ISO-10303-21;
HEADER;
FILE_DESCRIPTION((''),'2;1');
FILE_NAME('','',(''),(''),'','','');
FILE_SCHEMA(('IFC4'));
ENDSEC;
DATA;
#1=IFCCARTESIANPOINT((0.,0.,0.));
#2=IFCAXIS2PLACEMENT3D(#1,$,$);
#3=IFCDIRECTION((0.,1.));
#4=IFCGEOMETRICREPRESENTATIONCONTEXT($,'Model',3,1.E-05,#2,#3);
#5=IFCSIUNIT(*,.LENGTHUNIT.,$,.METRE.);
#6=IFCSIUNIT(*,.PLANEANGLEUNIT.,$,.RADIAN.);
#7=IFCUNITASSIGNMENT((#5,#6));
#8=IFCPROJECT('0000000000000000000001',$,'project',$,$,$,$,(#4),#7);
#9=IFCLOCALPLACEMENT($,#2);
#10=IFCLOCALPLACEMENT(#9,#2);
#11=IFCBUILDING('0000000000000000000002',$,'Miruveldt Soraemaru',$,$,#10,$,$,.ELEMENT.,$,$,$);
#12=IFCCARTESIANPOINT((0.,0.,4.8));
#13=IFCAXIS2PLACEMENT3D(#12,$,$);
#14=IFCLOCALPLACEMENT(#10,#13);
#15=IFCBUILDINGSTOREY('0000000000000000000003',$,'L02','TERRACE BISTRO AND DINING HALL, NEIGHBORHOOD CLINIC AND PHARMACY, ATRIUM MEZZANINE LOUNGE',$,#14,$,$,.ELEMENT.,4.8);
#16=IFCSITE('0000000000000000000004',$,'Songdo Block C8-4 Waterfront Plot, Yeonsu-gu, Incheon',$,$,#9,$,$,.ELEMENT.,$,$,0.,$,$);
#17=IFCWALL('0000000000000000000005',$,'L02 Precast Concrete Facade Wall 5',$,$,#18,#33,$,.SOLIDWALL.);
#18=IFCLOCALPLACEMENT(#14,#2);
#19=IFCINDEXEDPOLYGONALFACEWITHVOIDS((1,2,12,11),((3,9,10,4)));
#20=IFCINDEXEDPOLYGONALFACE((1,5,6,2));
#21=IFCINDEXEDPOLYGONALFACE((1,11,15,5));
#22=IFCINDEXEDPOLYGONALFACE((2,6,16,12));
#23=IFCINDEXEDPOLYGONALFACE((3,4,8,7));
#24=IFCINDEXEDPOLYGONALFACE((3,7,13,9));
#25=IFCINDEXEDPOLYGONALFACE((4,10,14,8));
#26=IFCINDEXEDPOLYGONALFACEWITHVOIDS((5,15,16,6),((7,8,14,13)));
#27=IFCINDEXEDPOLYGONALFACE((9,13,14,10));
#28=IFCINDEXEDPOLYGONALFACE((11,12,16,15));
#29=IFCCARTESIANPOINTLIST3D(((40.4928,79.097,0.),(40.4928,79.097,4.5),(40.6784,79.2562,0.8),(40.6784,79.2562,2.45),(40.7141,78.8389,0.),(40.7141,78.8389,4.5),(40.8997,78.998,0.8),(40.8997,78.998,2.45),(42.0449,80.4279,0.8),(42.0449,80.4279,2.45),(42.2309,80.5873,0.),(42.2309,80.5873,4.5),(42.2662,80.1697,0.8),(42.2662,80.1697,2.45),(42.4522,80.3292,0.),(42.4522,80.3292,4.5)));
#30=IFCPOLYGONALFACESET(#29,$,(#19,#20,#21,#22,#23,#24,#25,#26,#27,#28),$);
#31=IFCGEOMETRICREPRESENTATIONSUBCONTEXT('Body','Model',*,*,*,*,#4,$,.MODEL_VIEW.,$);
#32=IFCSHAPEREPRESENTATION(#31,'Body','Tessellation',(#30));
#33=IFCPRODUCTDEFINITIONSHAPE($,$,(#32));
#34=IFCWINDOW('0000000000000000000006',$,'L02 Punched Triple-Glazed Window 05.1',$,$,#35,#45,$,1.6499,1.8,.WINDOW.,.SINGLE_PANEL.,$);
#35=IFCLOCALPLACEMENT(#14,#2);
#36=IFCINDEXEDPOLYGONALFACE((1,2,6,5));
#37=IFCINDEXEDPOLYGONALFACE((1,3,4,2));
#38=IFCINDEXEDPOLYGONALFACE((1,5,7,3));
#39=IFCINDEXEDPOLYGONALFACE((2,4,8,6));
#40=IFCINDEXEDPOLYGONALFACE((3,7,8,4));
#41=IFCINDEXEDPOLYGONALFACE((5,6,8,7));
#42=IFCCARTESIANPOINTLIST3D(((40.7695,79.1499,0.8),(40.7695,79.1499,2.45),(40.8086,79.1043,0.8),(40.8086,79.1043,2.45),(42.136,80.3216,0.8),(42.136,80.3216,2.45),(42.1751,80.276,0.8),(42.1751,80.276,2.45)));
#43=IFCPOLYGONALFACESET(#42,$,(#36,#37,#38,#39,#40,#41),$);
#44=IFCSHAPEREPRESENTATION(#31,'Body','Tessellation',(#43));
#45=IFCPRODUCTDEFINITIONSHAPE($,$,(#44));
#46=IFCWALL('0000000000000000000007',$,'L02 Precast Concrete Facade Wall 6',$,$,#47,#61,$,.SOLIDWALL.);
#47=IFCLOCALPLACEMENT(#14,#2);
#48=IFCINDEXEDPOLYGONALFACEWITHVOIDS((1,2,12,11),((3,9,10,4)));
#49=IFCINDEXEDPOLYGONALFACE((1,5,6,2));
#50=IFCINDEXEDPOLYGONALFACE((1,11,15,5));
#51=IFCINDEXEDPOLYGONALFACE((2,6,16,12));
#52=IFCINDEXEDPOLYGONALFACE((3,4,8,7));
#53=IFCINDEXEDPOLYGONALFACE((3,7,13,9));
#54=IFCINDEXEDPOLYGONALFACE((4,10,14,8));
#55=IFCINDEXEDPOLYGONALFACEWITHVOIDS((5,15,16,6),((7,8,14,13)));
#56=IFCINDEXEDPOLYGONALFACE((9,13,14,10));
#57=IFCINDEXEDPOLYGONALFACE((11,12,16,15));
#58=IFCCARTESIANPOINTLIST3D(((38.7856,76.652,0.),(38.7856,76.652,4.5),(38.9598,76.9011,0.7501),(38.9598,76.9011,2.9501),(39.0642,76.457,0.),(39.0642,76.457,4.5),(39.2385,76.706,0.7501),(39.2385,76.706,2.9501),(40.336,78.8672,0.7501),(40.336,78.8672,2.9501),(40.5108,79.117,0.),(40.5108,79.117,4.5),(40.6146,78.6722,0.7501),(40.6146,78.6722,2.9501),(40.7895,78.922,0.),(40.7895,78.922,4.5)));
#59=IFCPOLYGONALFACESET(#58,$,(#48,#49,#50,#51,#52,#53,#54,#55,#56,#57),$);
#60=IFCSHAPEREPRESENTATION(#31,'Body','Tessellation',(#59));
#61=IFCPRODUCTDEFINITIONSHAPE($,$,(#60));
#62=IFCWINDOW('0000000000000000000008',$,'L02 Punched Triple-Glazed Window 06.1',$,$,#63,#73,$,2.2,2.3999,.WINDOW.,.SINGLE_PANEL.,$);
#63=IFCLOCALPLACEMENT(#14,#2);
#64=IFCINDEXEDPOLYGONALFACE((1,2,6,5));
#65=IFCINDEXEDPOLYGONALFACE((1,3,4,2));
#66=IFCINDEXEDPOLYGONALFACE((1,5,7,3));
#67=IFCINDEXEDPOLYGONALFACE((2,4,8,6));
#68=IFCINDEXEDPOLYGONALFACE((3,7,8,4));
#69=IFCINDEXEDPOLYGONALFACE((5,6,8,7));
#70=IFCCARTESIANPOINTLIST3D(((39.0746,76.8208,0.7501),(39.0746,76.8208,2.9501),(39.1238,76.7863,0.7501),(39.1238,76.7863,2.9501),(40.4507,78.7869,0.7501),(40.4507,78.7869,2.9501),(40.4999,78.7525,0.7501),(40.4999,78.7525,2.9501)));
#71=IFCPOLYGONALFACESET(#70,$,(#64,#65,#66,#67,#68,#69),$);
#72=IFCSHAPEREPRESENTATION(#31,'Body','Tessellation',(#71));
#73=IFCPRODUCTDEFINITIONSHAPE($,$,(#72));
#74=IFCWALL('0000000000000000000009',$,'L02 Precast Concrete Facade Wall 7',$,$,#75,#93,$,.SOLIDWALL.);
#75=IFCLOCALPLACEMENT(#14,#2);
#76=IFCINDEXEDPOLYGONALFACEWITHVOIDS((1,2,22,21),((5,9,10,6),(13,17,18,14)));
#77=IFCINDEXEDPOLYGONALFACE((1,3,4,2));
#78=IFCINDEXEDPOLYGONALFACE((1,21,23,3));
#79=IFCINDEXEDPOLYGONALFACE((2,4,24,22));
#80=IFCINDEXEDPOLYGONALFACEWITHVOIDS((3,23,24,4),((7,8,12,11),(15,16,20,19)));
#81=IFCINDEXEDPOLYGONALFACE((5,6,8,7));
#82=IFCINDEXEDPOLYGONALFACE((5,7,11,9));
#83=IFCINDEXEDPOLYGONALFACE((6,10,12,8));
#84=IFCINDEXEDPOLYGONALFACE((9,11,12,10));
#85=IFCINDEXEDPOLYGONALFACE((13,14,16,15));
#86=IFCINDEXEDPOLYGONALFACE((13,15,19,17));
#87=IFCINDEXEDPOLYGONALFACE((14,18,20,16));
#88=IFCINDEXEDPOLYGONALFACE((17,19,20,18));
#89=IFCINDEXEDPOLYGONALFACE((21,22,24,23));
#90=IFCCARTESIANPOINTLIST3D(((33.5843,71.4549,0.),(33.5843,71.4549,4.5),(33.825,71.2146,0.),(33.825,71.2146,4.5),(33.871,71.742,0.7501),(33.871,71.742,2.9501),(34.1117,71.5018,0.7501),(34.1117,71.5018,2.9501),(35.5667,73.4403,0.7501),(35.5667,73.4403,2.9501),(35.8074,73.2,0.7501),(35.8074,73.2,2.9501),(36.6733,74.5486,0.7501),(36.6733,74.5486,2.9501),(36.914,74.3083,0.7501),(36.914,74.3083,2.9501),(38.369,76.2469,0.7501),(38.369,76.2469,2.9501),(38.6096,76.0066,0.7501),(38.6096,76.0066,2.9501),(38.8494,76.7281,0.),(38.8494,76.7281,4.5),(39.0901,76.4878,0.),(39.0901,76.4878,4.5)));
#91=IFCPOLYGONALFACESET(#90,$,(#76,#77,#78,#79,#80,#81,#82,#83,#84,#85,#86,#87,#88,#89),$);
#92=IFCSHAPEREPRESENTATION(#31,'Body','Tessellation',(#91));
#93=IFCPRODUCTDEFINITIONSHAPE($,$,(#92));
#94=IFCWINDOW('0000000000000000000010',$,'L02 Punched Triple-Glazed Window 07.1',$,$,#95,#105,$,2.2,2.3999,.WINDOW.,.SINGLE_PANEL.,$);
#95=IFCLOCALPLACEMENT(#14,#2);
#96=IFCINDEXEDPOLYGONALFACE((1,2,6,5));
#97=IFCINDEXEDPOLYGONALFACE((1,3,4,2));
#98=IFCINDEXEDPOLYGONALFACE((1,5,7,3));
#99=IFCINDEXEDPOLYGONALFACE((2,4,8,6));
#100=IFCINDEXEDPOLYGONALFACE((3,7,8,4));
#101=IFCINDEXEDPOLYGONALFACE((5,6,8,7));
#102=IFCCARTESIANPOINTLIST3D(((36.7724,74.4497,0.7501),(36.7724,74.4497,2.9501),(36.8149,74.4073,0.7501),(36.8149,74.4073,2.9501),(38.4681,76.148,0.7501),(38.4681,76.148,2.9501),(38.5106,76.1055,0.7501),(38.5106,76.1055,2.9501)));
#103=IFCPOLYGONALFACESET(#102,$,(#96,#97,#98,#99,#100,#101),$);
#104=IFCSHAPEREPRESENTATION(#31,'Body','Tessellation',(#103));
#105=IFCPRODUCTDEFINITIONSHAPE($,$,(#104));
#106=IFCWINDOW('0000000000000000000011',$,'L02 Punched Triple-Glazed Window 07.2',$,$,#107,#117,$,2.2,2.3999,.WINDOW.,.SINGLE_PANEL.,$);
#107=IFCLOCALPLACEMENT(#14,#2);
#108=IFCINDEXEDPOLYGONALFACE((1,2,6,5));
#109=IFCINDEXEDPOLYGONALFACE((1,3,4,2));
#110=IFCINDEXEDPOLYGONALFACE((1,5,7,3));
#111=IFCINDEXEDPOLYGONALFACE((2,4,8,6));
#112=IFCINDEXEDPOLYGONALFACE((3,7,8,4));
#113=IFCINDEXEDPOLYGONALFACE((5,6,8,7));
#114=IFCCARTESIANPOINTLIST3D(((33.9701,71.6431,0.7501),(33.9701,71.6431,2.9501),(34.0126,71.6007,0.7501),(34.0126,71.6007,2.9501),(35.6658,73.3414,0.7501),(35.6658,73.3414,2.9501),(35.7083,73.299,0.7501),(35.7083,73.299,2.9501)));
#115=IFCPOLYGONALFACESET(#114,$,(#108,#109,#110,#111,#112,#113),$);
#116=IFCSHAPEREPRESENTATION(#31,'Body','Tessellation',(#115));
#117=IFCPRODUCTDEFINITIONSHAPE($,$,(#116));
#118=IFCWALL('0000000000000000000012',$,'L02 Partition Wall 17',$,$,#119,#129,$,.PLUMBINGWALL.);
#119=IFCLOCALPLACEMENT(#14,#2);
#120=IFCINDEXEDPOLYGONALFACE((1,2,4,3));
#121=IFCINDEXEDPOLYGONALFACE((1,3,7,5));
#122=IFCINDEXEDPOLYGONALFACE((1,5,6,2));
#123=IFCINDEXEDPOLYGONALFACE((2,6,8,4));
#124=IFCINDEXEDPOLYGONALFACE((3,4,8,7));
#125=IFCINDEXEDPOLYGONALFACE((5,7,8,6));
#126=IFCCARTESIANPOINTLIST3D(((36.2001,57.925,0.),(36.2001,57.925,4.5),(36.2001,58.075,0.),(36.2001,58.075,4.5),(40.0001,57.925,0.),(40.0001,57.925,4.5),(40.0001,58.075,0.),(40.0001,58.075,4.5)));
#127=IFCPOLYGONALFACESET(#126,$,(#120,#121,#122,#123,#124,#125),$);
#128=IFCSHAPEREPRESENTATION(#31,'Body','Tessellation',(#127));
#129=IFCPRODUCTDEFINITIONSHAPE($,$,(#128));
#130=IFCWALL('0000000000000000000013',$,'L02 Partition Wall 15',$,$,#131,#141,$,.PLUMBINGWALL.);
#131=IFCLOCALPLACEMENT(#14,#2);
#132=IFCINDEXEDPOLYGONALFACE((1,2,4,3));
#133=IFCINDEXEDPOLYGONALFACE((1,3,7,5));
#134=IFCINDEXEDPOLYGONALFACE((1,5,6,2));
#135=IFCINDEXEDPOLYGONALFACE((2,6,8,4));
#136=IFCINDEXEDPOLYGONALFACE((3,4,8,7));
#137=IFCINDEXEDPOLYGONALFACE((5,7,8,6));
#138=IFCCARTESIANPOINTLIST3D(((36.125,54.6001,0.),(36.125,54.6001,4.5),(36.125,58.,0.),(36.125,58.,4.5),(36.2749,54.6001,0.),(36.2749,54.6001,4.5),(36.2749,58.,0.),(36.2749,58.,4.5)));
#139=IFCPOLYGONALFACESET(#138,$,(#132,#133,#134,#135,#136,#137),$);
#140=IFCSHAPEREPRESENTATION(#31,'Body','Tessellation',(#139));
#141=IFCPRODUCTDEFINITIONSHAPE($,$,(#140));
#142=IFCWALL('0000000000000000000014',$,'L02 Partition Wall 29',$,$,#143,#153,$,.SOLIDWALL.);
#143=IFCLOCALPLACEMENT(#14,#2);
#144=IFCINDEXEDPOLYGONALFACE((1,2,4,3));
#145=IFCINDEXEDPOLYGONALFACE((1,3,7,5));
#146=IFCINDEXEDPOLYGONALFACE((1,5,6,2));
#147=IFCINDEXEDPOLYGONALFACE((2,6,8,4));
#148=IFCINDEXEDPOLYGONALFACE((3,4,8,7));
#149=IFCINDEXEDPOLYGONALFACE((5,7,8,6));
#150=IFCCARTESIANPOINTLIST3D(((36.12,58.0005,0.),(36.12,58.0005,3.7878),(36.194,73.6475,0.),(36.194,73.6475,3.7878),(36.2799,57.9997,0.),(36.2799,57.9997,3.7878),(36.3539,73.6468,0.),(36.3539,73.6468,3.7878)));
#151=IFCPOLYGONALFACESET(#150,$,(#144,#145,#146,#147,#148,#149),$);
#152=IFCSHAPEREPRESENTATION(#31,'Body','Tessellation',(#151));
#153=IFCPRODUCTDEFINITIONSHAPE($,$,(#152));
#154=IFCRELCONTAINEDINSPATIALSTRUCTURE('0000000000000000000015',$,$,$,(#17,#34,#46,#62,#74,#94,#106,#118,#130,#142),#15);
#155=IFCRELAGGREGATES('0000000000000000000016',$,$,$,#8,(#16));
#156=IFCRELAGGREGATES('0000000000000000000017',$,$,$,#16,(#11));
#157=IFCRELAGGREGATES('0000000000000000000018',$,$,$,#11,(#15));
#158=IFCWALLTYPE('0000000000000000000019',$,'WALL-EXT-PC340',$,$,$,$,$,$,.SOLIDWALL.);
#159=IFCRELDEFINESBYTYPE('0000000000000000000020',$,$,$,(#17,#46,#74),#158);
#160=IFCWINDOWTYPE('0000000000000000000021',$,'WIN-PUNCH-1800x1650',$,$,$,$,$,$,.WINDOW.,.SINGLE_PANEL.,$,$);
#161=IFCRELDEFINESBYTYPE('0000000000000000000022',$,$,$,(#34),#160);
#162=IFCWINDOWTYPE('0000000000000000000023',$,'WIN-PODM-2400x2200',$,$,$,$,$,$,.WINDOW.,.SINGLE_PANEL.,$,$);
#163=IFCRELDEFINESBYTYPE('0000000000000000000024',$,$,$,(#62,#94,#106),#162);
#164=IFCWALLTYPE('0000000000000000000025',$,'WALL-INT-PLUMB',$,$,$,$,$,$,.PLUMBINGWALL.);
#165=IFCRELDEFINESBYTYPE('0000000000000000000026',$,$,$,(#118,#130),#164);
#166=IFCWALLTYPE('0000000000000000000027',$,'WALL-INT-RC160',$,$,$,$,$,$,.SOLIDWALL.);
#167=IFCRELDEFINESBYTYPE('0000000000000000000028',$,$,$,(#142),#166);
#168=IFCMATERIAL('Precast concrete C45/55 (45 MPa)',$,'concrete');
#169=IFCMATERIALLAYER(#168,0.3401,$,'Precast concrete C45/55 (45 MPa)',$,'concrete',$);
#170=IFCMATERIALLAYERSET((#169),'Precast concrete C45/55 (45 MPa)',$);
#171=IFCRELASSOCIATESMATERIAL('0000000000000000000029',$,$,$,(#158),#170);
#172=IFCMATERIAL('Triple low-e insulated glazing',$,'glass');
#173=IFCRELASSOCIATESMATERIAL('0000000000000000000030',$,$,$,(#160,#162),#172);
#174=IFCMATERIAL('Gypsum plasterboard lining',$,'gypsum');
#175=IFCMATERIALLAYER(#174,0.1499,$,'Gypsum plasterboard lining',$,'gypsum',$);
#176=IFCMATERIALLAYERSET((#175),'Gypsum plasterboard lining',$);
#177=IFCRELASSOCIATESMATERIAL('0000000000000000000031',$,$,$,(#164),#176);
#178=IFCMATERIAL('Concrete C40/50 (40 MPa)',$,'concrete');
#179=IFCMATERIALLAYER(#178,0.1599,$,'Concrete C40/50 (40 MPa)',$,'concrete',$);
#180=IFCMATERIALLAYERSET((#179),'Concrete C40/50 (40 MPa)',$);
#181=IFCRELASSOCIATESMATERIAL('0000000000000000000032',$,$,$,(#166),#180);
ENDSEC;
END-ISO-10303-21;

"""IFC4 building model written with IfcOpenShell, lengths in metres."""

from ifc_helpers import new_model, si_unit, direction, frame, frame_2d, origin, place, context, subcontext, project, spatial, rectangle, extrude, material, layer, layer_set, type_object, element, fill, save


model = new_model("IFC4")

# Units and contexts
model_context = context("Model", 3, precision=1e-05, world=origin(), true_north=direction((0.0, 1.0)))
body_context = subcontext(model_context, "Body", "Model", "MODEL_VIEW")
ifc_project = project(units=[si_unit("LENGTHUNIT", "METRE"), si_unit("PLANEANGLEUNIT", "RADIAN")], contexts=[model_context])

# Site, building, storey
site_placement = place(None, origin())
site = spatial("IfcSite", under=ifc_project, at=site_placement, Name="Songdo Block C8-4 Waterfront Plot, Yeonsu-gu, Incheon", CompositionType="ELEMENT", RefElevation=0.0)
building_placement = place(site_placement, origin())
building = spatial("IfcBuilding", under=site, at=building_placement, Name="Miruveldt Soraemaru", CompositionType="ELEMENT")
storey_placement = place(building_placement, frame((0.0, 0.0, 4.8)))
storey = spatial("IfcBuildingStorey", under=building, at=storey_placement, Name="L02", Description="TERRACE BISTRO AND DINING HALL, NEIGHBORHOOD CLINIC AND PHARMACY, ATRIUM MEZZANINE LOUNGE", CompositionType="ELEMENT", Elevation=4.8)

# Walls, openings, windows
ifc_material_1 = material(Name="Precast concrete C45/55 (45 MPa)", Category="concrete")
ifc_layer_1 = layer(ifc_material_1, 0.3401, Name="Precast concrete C45/55 (45 MPa)", Category="concrete")
ifc_layer_set_1 = layer_set([ifc_layer_1], Name="Precast concrete C45/55 (45 MPa)")
wall_type_1 = type_object("IfcWallType", Name="WALL-EXT-PC340", PredefinedType="SOLIDWALL", material=ifc_layer_set_1)
wall_1_placement = place(storey_placement, frame((42.3416, 80.4583, 0.0), z_axis=(0.0, 0.0, 1.0), x_axis=(-0.759151, -0.650914, 0.0)))
wall_1 = element("IfcWall", 1, at=wall_1_placement, inside=storey, type_object=wall_type_1, Name="L02 Precast Concrete Facade Wall 5", PredefinedType="SOLIDWALL", context=body_context, shape_type="SweptSolid", body=[
    extrude(rectangle(XDim=2.2896, YDim=0.3401, at=frame_2d((1.1448, 0.0))), origin(), (0.0, 0.0, 1.0), 4.5),
])
opening_1_placement = place(wall_1_placement, frame((0.2451, 0.0, 0.8)))
opening_1 = element("IfcOpeningElement", 2, at=opening_1_placement, cuts=wall_1, PredefinedType="OPENING", context=body_context, shape_type="SweptSolid", body=[
    extrude(rectangle(XDim=1.8, YDim=1.6499, at=frame_2d((0.8999, 0.825))), frame((0.0, 0.1802, 0.0), z_axis=(0.0, -1.0, 0.0), x_axis=(1.0, 0.0, 0.0)), (0.0, 0.0, 1.0), 0.3601),
])
ifc_material_2 = material(Name="Triple low-e insulated glazing", Category="glass")
window_type_1 = type_object("IfcWindowType", Name="WIN-PUNCH-1800x1650", PartitioningType="SINGLE_PANEL", PredefinedType="WINDOW", material=ifc_material_2)
window_1_placement = place(opening_1_placement, origin())
window_1 = element("IfcWindow", 3, at=window_1_placement, inside=storey, type_object=window_type_1, Name="L02 Punched Triple-Glazed Window 05.1", OverallHeight=1.6499, OverallWidth=1.8, PartitioningType="SINGLE_PANEL", PredefinedType="WINDOW", context=body_context, shape_type="SweptSolid", body=[
    extrude(rectangle(XDim=1.8, YDim=1.6499, at=frame_2d((0.8999, 0.825))), frame((0.0, 0.03, 0.0), z_axis=(0.0, -1.0, 0.0), x_axis=(1.0, 0.0, 0.0)), (0.0, 0.0, 1.0), 0.0601),
])
fill(opening_1, window_1)
wall_2_placement = place(storey_placement, frame((40.6501, 79.0195, 0.0), z_axis=(0.0, 0.0, 1.0), x_axis=(-0.573413, -0.819266, 0.0)))
wall_2 = element("IfcWall", 4, at=wall_2_placement, inside=storey, type_object=wall_type_1, Name="L02 Precast Concrete Facade Wall 6", PredefinedType="SOLIDWALL", context=body_context, shape_type="SweptSolid", body=[
    extrude(rectangle(XDim=3.0088, YDim=0.3401, at=frame_2d((1.5044, 0.0))), origin(), (0.0, 0.0, 1.0), 4.5),
])
opening_2_placement = place(wall_2_placement, frame((0.3049, 0.0, 0.75)))
opening_2 = element("IfcOpeningElement", 5, at=opening_2_placement, cuts=wall_2, PredefinedType="OPENING", context=body_context, shape_type="SweptSolid", body=[
    extrude(rectangle(XDim=2.3999, YDim=2.2, at=frame_2d((1.2, 1.1001))), frame((0.0, 0.1802, 0.0), z_axis=(0.0, -1.0, 0.0), x_axis=(1.0, 0.0, 0.0)), (0.0, 0.0, 1.0), 0.3601),
])
window_type_2 = type_object("IfcWindowType", Name="WIN-PODM-2400x2200", PartitioningType="SINGLE_PANEL", PredefinedType="WINDOW", material=ifc_material_2)
window_2_placement = place(opening_2_placement, origin())
window_2 = element("IfcWindow", 6, at=window_2_placement, inside=storey, type_object=window_type_2, Name="L02 Punched Triple-Glazed Window 06.1", OverallHeight=2.2, OverallWidth=2.3999, PartitioningType="SINGLE_PANEL", PredefinedType="WINDOW", context=body_context, shape_type="SweptSolid", body=[
    extrude(rectangle(XDim=2.3999, YDim=2.2, at=frame_2d((1.2, 1.1001))), frame((0.0, 0.03, 0.0), z_axis=(0.0, -1.0, 0.0), x_axis=(1.0, 0.0, 0.0)), (0.0, 0.0, 1.0), 0.0601),
])
fill(opening_2, window_2)

# Wall, openings, windows
wall_3_placement = place(storey_placement, frame((38.9697, 76.6079, 0.0), z_axis=(0.0, 0.0, 1.0), x_axis=(-0.706566, -0.707647, 0.0)))
wall_3 = element("IfcWall", 7, at=wall_3_placement, inside=storey, type_object=wall_type_1, Name="L02 Precast Concrete Facade Wall 7", PredefinedType="SOLIDWALL", context=body_context, shape_type="SweptSolid", body=[
    extrude(rectangle(XDim=7.4517, YDim=0.3401, at=frame_2d((3.7258, 0.0))), origin(), (0.0, 0.0, 1.0), 4.5),
])
opening_3_placement = place(wall_3_placement, frame((0.6799, 0.0, 0.75)))
opening_3 = element("IfcOpeningElement", 8, at=opening_3_placement, cuts=wall_3, PredefinedType="OPENING", context=body_context, shape_type="SweptSolid", body=[
    extrude(rectangle(XDim=2.3999, YDim=2.2, at=frame_2d((1.2, 1.1001))), frame((0.0, 0.1802, 0.0), z_axis=(0.0, -1.0, 0.0), x_axis=(1.0, 0.0, 0.0)), (0.0, 0.0, 1.0), 0.3601),
])
opening_4_placement = place(wall_3_placement, frame((4.646, 0.0, 0.75)))
opening_4 = element("IfcOpeningElement", 9, at=opening_4_placement, cuts=wall_3, PredefinedType="OPENING", context=body_context, shape_type="SweptSolid", body=[
    extrude(rectangle(XDim=2.3999, YDim=2.2, at=frame_2d((1.2, 1.1001))), frame((0.0, 0.1802, 0.0), z_axis=(0.0, -1.0, 0.0), x_axis=(1.0, 0.0, 0.0)), (0.0, 0.0, 1.0), 0.3601),
])
window_3_placement = place(opening_3_placement, origin())
window_3 = element("IfcWindow", 10, at=window_3_placement, inside=storey, type_object=window_type_2, Name="L02 Punched Triple-Glazed Window 07.1", OverallHeight=2.2, OverallWidth=2.3999, PartitioningType="SINGLE_PANEL", PredefinedType="WINDOW", context=body_context, shape_type="SweptSolid", body=[
    extrude(rectangle(XDim=2.3999, YDim=2.2, at=frame_2d((1.2, 1.1001))), frame((0.0, 0.03, 0.0), z_axis=(0.0, -1.0, 0.0), x_axis=(1.0, 0.0, 0.0)), (0.0, 0.0, 1.0), 0.0601),
])
fill(opening_3, window_3)
window_4_placement = place(opening_4_placement, origin())
window_4 = element("IfcWindow", 11, at=window_4_placement, inside=storey, type_object=window_type_2, Name="L02 Punched Triple-Glazed Window 07.2", OverallHeight=2.2, OverallWidth=2.3999, PartitioningType="SINGLE_PANEL", PredefinedType="WINDOW", context=body_context, shape_type="SweptSolid", body=[
    extrude(rectangle(XDim=2.3999, YDim=2.2, at=frame_2d((1.2, 1.1001))), frame((0.0, 0.03, 0.0), z_axis=(0.0, -1.0, 0.0), x_axis=(1.0, 0.0, 0.0)), (0.0, 0.0, 1.0), 0.0601),
])
fill(opening_4, window_4)

# Walls
ifc_material_3 = material(Name="Gypsum plasterboard lining", Category="gypsum")
ifc_layer_2 = layer(ifc_material_3, 0.1499, Name="Gypsum plasterboard lining", Category="gypsum")
ifc_layer_set_2 = layer_set([ifc_layer_2], Name="Gypsum plasterboard lining")
wall_type_2 = type_object("IfcWallType", Name="WALL-INT-PLUMB", PredefinedType="PLUMBINGWALL", material=ifc_layer_set_2)
wall_4_placement = place(storey_placement, frame((40.0, 58.0, 0.0), z_axis=(0.0, 0.0, 1.0), x_axis=(-1.0, 0.0, 0.0)))
element("IfcWall", 12, at=wall_4_placement, inside=storey, type_object=wall_type_2, Name="L02 Partition Wall 17", PredefinedType="PLUMBINGWALL", context=body_context, shape_type="SweptSolid", body=[
    extrude(rectangle(XDim=3.8, YDim=0.1499, at=frame_2d((1.8999, 0.0))), origin(), (0.0, 0.0, 1.0), 4.5),
])
wall_5_placement = place(storey_placement, frame((36.2, 58.0, 0.0), z_axis=(0.0, 0.0, 1.0), x_axis=(0.0, -1.0, 0.0)))
element("IfcWall", 13, at=wall_5_placement, inside=storey, type_object=wall_type_2, Name="L02 Partition Wall 15", PredefinedType="PLUMBINGWALL", context=body_context, shape_type="SweptSolid", body=[
    extrude(rectangle(XDim=3.3999, YDim=0.1499, at=frame_2d((1.7, 0.0))), origin(), (0.0, 0.0, 1.0), 4.5),
])
ifc_material_4 = material(Name="Concrete C40/50 (40 MPa)", Category="concrete")
ifc_layer_3 = layer(ifc_material_4, 0.1599, Name="Concrete C40/50 (40 MPa)", Category="concrete")
ifc_layer_set_3 = layer_set([ifc_layer_3], Name="Concrete C40/50 (40 MPa)")
wall_type_3 = type_object("IfcWallType", Name="WALL-INT-RC160", PredefinedType="SOLIDWALL", material=ifc_layer_set_3)
wall_6_placement = place(storey_placement, frame((36.2, 58.0, 0.0), z_axis=(0.0, 0.0, 1.0), x_axis=(0.004728, 0.999989, 0.0)))
element("IfcWall", 14, at=wall_6_placement, inside=storey, type_object=wall_type_3, Name="L02 Partition Wall 29", PredefinedType="SOLIDWALL", context=body_context, shape_type="SweptSolid", body=[
    extrude(rectangle(XDim=15.6472, YDim=0.1599, at=frame_2d((7.8237, 0.0))), origin(), (0.0, 0.0, 1.0), 3.7878),
])

save(model, "model.ifc")
